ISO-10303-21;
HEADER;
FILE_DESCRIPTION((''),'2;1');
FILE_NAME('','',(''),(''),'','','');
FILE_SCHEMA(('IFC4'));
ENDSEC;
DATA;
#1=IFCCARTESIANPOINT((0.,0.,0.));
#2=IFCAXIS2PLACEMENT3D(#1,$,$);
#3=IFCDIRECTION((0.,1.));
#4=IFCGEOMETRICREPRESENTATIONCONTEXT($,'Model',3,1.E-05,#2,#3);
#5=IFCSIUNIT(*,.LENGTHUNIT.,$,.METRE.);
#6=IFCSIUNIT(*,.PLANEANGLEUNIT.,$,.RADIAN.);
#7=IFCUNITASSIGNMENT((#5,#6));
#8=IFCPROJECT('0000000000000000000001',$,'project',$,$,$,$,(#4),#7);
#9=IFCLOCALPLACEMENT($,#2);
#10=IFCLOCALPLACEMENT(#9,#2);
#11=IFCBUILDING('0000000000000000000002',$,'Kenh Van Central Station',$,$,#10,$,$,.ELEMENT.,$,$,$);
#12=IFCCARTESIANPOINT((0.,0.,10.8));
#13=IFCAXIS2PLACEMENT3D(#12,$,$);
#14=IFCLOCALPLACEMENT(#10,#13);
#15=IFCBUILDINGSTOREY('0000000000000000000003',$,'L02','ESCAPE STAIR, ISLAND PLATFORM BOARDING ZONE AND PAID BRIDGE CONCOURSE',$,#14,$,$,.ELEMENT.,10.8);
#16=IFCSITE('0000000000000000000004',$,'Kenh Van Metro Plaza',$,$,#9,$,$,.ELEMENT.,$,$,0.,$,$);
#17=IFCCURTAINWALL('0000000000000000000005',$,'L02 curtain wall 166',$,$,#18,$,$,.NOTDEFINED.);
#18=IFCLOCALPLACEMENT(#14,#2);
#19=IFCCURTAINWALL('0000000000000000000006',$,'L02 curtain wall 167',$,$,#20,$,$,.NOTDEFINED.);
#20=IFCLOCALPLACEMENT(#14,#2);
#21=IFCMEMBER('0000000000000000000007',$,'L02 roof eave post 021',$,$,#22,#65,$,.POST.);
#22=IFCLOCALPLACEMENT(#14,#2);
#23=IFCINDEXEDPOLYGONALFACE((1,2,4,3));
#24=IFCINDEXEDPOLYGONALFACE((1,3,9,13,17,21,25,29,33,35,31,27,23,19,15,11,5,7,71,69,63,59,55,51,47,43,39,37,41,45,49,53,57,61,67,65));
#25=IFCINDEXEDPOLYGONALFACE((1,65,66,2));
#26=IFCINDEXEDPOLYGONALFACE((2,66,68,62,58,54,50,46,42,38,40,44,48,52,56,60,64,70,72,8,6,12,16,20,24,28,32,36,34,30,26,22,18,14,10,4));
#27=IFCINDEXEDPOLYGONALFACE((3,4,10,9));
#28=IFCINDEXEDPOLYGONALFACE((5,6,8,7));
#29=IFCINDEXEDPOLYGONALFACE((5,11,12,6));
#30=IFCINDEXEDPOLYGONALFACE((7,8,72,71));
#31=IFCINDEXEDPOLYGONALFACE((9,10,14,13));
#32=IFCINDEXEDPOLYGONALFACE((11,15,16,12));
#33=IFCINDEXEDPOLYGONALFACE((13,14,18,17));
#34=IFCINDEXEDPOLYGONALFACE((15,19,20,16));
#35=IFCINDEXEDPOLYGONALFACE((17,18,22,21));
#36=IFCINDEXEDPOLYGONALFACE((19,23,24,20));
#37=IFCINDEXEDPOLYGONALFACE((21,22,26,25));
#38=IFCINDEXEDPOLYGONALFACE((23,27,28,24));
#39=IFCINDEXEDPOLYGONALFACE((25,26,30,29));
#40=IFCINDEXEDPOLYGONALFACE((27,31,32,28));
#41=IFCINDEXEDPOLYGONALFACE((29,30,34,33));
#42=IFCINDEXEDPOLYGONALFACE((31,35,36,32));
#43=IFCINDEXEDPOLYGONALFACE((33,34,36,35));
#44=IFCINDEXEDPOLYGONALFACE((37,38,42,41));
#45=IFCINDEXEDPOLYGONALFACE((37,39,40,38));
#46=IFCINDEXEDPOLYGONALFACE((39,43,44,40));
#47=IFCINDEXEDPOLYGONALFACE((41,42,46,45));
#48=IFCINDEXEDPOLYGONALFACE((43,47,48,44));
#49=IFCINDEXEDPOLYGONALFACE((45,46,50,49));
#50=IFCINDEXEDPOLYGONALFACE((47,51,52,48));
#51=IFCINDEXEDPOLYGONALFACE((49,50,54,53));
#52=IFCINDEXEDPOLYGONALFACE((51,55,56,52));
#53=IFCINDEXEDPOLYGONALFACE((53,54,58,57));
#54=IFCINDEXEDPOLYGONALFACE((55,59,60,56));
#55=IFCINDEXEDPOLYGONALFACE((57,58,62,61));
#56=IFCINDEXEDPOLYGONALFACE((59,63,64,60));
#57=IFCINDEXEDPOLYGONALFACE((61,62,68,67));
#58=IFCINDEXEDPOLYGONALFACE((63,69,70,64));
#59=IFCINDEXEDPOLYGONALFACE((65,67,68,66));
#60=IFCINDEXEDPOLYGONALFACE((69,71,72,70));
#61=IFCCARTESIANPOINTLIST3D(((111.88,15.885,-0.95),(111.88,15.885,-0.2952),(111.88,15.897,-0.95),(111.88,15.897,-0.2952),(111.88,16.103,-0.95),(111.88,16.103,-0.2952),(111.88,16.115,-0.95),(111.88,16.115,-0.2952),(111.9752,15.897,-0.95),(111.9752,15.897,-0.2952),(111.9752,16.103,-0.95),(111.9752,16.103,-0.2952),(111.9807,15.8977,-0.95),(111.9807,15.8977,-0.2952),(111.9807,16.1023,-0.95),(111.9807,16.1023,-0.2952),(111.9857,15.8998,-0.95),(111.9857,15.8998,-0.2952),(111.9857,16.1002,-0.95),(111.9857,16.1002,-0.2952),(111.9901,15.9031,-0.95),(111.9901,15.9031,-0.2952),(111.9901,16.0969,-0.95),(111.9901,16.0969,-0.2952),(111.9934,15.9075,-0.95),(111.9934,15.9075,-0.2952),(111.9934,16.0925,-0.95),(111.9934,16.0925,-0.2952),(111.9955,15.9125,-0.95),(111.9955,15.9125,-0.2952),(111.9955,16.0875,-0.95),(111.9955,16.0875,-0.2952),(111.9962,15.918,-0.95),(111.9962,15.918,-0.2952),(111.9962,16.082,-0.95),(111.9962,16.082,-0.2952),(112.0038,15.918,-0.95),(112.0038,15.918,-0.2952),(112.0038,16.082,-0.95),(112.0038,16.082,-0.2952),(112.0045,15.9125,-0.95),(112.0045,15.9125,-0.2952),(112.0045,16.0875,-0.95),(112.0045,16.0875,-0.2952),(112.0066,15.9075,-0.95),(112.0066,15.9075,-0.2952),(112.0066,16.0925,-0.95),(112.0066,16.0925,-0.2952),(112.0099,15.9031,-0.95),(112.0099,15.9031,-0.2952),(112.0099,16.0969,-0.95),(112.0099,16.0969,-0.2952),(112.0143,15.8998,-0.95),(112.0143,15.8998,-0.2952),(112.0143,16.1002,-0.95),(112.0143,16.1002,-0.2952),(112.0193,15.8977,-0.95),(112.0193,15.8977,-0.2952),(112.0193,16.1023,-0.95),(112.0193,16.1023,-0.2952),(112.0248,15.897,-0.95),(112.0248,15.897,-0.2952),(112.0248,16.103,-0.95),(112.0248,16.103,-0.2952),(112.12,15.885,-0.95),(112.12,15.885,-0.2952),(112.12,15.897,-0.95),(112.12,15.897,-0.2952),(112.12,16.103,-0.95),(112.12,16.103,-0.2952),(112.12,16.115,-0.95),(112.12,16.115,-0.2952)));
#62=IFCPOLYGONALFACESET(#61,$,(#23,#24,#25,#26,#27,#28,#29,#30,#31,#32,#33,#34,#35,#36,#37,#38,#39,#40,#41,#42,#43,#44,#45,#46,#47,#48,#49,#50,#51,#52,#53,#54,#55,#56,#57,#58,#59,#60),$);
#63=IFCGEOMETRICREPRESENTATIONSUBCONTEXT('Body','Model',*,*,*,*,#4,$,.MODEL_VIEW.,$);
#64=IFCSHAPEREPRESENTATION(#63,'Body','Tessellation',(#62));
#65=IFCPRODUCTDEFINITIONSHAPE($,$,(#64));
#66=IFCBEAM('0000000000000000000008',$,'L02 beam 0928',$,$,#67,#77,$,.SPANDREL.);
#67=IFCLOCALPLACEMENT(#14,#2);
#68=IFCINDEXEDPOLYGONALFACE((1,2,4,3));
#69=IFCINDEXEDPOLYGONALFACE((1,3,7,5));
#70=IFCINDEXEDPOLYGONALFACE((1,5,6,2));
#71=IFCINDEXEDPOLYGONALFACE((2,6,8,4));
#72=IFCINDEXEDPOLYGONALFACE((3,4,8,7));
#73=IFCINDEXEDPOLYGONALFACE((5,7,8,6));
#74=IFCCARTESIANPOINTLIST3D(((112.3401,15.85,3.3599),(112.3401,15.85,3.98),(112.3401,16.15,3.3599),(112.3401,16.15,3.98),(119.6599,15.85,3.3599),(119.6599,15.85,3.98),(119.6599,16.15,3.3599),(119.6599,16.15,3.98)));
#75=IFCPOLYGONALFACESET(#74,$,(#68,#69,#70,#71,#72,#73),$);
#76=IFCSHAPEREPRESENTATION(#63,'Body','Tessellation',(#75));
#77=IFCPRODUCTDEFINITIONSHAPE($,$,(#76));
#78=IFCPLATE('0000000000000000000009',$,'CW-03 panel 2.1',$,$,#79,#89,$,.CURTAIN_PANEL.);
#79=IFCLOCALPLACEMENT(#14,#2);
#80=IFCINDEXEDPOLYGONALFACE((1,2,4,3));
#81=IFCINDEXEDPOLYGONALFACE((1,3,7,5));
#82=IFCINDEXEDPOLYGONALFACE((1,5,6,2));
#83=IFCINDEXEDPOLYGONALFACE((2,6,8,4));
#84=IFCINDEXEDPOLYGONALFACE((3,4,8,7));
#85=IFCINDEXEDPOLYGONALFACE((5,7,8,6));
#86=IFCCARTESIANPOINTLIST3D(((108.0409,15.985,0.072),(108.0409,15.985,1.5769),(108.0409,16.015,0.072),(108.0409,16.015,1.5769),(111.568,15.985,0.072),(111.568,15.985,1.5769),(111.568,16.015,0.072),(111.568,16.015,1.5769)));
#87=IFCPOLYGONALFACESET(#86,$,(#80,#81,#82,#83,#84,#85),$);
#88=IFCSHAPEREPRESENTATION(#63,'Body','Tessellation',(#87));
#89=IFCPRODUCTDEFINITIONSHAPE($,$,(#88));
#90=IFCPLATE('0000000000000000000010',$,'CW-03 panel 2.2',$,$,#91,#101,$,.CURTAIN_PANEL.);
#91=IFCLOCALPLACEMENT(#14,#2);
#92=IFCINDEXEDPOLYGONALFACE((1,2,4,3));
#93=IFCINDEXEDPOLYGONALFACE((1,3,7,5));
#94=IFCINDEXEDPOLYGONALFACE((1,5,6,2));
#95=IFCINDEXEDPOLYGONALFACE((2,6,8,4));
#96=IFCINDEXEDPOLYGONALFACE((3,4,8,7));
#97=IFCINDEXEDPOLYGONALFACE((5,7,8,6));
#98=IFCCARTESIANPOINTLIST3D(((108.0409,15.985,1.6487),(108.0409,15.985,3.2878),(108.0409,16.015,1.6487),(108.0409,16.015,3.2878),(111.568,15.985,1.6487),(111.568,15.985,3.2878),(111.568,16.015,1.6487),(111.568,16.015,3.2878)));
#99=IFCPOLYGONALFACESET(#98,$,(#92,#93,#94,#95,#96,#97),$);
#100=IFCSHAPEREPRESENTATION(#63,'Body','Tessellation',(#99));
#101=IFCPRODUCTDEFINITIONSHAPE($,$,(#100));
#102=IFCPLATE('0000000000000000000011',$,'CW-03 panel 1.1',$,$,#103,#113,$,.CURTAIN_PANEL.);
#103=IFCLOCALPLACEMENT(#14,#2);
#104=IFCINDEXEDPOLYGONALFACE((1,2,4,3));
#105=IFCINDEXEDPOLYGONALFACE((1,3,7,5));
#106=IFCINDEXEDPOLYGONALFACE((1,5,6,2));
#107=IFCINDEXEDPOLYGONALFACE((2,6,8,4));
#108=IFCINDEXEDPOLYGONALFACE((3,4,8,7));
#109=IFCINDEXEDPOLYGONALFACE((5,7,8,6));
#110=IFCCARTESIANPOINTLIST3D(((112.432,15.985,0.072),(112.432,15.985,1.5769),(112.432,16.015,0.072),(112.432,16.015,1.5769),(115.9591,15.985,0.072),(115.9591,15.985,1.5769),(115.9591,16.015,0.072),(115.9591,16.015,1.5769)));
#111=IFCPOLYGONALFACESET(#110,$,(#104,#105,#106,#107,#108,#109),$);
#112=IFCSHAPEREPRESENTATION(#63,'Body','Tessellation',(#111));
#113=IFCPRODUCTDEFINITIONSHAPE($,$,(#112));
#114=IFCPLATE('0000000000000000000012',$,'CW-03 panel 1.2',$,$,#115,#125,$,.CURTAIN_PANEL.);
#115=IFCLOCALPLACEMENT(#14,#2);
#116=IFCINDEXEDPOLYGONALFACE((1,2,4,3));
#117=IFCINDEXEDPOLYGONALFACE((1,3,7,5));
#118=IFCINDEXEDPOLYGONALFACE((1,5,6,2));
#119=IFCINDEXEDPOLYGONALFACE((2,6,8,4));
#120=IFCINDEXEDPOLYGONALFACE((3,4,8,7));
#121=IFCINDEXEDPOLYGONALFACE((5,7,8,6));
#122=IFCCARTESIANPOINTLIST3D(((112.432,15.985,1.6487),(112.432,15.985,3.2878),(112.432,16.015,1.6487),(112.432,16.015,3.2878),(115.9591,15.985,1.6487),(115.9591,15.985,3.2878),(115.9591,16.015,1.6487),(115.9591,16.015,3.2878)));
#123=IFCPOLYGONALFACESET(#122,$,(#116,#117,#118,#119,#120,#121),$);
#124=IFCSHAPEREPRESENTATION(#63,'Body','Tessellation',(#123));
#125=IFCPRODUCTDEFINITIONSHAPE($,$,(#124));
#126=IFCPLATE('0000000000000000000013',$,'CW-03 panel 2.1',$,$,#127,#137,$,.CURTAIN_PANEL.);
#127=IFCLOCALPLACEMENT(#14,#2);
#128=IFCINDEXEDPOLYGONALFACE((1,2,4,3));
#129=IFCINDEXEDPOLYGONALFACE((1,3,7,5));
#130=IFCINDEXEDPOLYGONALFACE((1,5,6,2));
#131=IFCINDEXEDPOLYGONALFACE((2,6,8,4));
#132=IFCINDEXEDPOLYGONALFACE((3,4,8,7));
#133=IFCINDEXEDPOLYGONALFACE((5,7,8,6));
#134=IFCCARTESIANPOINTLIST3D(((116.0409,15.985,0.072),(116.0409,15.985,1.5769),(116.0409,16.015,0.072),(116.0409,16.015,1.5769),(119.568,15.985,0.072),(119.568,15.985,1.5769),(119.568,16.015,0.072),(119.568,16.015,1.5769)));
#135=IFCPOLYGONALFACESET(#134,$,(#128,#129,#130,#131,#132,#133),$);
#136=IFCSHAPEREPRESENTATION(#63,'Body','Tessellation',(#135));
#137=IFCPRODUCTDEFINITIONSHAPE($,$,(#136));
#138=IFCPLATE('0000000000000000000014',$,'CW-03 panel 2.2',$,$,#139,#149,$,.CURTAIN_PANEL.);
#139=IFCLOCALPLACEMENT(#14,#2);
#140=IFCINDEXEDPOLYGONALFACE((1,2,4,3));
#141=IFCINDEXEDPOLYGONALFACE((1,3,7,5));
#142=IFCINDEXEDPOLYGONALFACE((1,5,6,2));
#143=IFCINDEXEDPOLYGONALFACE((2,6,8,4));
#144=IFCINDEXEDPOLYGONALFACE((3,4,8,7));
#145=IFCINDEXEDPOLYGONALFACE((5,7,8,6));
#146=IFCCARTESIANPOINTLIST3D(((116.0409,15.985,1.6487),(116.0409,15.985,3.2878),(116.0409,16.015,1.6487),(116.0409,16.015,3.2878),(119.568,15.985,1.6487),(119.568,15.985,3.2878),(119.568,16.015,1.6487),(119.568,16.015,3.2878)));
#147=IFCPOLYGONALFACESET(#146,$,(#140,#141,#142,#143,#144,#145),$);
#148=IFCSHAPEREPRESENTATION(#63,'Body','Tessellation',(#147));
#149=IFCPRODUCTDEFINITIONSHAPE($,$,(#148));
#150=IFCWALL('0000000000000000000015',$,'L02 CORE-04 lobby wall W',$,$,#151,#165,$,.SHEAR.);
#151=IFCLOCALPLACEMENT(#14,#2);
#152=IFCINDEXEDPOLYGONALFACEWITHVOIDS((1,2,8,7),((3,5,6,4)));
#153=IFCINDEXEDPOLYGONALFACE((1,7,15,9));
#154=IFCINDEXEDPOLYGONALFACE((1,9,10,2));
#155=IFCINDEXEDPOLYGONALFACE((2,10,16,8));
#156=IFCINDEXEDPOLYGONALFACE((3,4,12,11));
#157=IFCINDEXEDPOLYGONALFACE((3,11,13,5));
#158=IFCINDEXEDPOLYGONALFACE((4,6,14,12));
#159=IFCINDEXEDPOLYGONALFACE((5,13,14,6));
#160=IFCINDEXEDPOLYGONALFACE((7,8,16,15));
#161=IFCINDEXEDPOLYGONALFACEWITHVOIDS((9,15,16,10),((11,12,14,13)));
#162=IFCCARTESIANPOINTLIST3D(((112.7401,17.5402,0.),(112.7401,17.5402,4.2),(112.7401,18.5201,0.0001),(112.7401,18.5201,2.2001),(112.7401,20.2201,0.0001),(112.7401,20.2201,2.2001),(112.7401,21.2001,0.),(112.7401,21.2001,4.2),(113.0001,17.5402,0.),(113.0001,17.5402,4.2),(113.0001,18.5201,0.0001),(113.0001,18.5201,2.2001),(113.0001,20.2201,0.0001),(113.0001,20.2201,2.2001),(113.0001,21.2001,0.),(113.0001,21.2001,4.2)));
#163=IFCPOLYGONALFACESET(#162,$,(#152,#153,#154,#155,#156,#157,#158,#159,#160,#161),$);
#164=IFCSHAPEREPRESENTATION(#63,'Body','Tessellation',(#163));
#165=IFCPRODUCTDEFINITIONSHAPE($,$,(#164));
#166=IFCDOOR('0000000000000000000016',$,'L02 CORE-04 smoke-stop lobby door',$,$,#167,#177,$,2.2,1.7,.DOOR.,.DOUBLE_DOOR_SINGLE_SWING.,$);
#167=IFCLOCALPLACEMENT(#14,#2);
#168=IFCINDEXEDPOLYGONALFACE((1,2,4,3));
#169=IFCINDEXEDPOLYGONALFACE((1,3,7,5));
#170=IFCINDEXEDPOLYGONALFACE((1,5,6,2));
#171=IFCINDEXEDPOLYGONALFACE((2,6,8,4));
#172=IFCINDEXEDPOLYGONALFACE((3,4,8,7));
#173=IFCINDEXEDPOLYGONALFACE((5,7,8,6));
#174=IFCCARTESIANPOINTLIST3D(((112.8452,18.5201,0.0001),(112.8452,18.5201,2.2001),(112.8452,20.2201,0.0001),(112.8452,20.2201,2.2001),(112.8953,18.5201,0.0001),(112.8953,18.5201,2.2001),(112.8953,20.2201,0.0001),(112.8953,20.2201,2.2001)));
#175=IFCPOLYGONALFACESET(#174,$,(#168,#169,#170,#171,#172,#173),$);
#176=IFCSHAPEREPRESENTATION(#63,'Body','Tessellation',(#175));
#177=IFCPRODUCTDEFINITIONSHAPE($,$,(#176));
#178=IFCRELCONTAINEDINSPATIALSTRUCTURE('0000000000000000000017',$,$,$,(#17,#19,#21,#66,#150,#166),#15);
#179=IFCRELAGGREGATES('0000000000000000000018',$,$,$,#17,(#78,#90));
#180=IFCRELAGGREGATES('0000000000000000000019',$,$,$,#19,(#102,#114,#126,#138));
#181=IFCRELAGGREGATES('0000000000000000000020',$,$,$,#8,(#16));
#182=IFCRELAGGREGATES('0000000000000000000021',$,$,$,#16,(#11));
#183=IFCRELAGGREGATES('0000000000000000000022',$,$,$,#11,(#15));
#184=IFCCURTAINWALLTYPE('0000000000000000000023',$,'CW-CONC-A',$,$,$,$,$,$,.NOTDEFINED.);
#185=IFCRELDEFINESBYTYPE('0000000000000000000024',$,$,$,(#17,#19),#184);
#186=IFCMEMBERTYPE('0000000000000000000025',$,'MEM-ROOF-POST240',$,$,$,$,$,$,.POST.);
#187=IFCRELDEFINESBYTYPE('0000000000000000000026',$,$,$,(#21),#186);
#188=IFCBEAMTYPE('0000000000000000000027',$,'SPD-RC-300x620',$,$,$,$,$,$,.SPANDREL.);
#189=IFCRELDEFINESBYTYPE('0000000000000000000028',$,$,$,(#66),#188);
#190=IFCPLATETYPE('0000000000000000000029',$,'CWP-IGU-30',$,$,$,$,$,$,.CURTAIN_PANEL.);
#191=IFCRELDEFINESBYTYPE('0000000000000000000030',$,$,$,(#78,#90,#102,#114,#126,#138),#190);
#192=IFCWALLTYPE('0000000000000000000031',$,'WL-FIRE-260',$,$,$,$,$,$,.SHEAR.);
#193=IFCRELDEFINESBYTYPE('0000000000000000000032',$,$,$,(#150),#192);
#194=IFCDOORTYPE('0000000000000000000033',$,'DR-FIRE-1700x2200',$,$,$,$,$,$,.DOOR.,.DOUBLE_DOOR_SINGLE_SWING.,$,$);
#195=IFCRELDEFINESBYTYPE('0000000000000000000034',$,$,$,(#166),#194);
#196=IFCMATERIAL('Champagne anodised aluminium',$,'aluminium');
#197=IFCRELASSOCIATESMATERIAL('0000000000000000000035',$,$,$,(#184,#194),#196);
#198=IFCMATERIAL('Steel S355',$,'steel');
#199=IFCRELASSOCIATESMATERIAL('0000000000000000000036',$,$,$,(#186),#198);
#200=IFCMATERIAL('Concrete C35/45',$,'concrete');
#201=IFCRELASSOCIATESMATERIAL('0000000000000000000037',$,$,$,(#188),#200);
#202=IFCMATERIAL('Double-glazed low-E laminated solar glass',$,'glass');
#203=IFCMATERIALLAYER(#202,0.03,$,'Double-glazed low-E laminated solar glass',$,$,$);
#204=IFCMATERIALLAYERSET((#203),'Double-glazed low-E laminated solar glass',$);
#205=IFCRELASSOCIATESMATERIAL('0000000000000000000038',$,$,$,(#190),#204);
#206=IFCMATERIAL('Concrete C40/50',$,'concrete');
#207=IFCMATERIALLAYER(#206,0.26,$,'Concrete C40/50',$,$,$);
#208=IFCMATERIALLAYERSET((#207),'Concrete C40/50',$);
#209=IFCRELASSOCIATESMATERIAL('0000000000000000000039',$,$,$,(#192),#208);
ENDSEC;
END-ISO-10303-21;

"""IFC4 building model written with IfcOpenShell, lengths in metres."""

from ifc_helpers import new_model, si_unit, direction, frame, frame_2d, origin, origin_2d, place, context, subcontext, project, spatial, rectangle, i_section, extrude, material, layer, layer_set, material_profile, profile_set, type_object, element, fill, aggregate, save


model = new_model("IFC4")

# Units and contexts
model_context = context("Model", 3, precision=1e-05, world=origin(), true_north=direction((0.0, 1.0)))
body_context = subcontext(model_context, "Body", "Model", "MODEL_VIEW")
ifc_project = project(units=[si_unit("LENGTHUNIT", "METRE"), si_unit("PLANEANGLEUNIT", "RADIAN")], contexts=[model_context])

# Site, building, storey
site_placement = place(None, origin())
site = spatial("IfcSite", under=ifc_project, at=site_placement, Name="Kenh Van Metro Plaza", CompositionType="ELEMENT", RefElevation=0.0)
building_placement = place(site_placement, origin())
building = spatial("IfcBuilding", under=site, at=building_placement, Name="Kenh Van Central Station", CompositionType="ELEMENT")
storey_placement = place(building_placement, frame((0.0, 0.0, 10.8)))
storey = spatial("IfcBuildingStorey", under=building, at=storey_placement, Name="L02", Description="ESCAPE STAIR, ISLAND PLATFORM BOARDING ZONE AND PAID BRIDGE CONCOURSE", CompositionType="ELEMENT", Elevation=10.8)

# Shared definitions
ifc_material_1 = material(Name="Concrete C40/50", Category="concrete")

# Shared definitions
ifc_material_2 = material(Name="Steel S355", Category="steel")

# Curtain wall
ifc_material_3 = material(Name="Champagne anodised aluminium", Category="aluminium")
curtain_wall_type = type_object("IfcCurtainWallType", Name="CW-CONC-A", PredefinedType="NOTDEFINED", material=ifc_material_3)
curtain_wall_1_placement = place(storey_placement, origin())
curtain_wall_1 = element("IfcCurtainWall", 1, at=curtain_wall_1_placement, inside=storey, type_object=curtain_wall_type, Name="L02 curtain wall 166", PredefinedType="NOTDEFINED")

# Curtain wall
curtain_wall_2_placement = place(storey_placement, origin())
curtain_wall_2 = element("IfcCurtainWall", 2, at=curtain_wall_2_placement, inside=storey, type_object=curtain_wall_type, Name="L02 curtain wall 167", PredefinedType="NOTDEFINED")

# Member
ifc_material_profile_1 = material_profile(ifc_material_2, i_section(OverallWidth=0.24, OverallDepth=0.23, WebThickness=0.0076, FlangeThickness=0.012, FilletRadius=0.021, at=origin_2d()), Name="HEA 240")
ifc_profile_set_1 = profile_set([ifc_material_profile_1], Name="Steel S355")
member_type_1 = type_object("IfcMemberType", Name="MEM-ROOF-POST240", PredefinedType="POST", material=ifc_profile_set_1)
for number, where, z_axis, x_axis, name in (
    (3, (112.0, 16.0, -0.95), (0.0, 0.0, 1.0), (1.0, 0.0, 0.0), "L02 roof eave post 021"),
):
    element("IfcMember", number, at=place(storey_placement, frame(where, z_axis=z_axis, x_axis=x_axis)), inside=storey, type_object=member_type_1, Name=name, PredefinedType="POST", context=body_context, shape_type="SweptSolid", body=[
        extrude(i_section(OverallWidth=0.24, OverallDepth=0.23, WebThickness=0.0076, FlangeThickness=0.012, FilletRadius=0.021, at=origin_2d()), origin(), (0.0, 0.0, 1.0), 0.6548),
    ])

# Beam
ifc_material_4 = material(Name="Concrete C35/45", Category="concrete")
ifc_material_profile_2 = material_profile(ifc_material_4, rectangle(XDim=0.3, YDim=0.6201, at=origin_2d()), Name="RC 300x620")
ifc_profile_set_2 = profile_set([ifc_material_profile_2], Name="Concrete C35/45")
beam_type_1 = type_object("IfcBeamType", Name="SPD-RC-300x620", PredefinedType="SPANDREL", material=ifc_profile_set_2)
beam_placement = place(storey_placement, frame((112.3401, 16.0, 3.6699), z_axis=(1.0, 0.0, 0.0), x_axis=(0.0, 1.0, 0.0)))
element("IfcBeam", 4, at=beam_placement, inside=storey, type_object=beam_type_1, Name="L02 beam 0928", PredefinedType="SPANDREL", context=body_context, shape_type="SweptSolid", body=[
    extrude(rectangle(XDim=0.3, YDim=0.6201, at=origin_2d()), origin(), (0.0, 0.0, 1.0), 7.3198),
])

# Plates
ifc_material_5 = material(Name="Double-glazed low-E laminated solar glass", Category="glass")
ifc_layer_1 = layer(ifc_material_5, 0.03, Name="Double-glazed low-E laminated solar glass")
ifc_layer_set_1 = layer_set([ifc_layer_1], Name="Double-glazed low-E laminated solar glass")
plate_type = type_object("IfcPlateType", Name="CWP-IGU-30", PredefinedType="CURTAIN_PANEL", material=ifc_layer_set_1)
plate_1_placement = place(storey_placement, frame((109.8044, 16.0, 0.072), z_axis=(0.0, 0.0, 1.0), x_axis=(1.0, 0.0, 0.0)))
plate_1 = element("IfcPlate", 5, at=plate_1_placement, type_object=plate_type, Name="CW-03 panel 2.1", PredefinedType="CURTAIN_PANEL", context=body_context, shape_type="SweptSolid", body=[
    extrude(rectangle(XDim=3.5271, YDim=0.03, at=origin_2d()), origin(), (0.0, 0.0, 1.0), 1.5049),
])
plate_2_placement = place(storey_placement, frame((109.8044, 16.0, 1.6487), z_axis=(0.0, 0.0, 1.0), x_axis=(1.0, 0.0, 0.0)))
plate_2 = element("IfcPlate", 6, at=plate_2_placement, type_object=plate_type, Name="CW-03 panel 2.2", PredefinedType="CURTAIN_PANEL", context=body_context, shape_type="SweptSolid", body=[
    extrude(rectangle(XDim=3.5271, YDim=0.03, at=origin_2d()), origin(), (0.0, 0.0, 1.0), 1.6392),
])
aggregate(curtain_wall_1, [plate_1, plate_2])
plate_3_placement = place(storey_placement, frame((114.1956, 16.0, 0.072), z_axis=(0.0, 0.0, 1.0), x_axis=(1.0, 0.0, 0.0)))
plate_3 = element("IfcPlate", 7, at=plate_3_placement, type_object=plate_type, Name="CW-03 panel 1.1", PredefinedType="CURTAIN_PANEL", context=body_context, shape_type="SweptSolid", body=[
    extrude(rectangle(XDim=3.5271, YDim=0.03, at=origin_2d()), origin(), (0.0, 0.0, 1.0), 1.5049),
])
plate_4_placement = place(storey_placement, frame((114.1956, 16.0, 1.6487), z_axis=(0.0, 0.0, 1.0), x_axis=(1.0, 0.0, 0.0)))
plate_4 = element("IfcPlate", 8, at=plate_4_placement, type_object=plate_type, Name="CW-03 panel 1.2", PredefinedType="CURTAIN_PANEL", context=body_context, shape_type="SweptSolid", body=[
    extrude(rectangle(XDim=3.5271, YDim=0.03, at=origin_2d()), origin(), (0.0, 0.0, 1.0), 1.6392),
])
plate_5_placement = place(storey_placement, frame((117.8044, 16.0, 0.072), z_axis=(0.0, 0.0, 1.0), x_axis=(1.0, 0.0, 0.0)))
plate_5 = element("IfcPlate", 9, at=plate_5_placement, type_object=plate_type, Name="CW-03 panel 2.1", PredefinedType="CURTAIN_PANEL", context=body_context, shape_type="SweptSolid", body=[
    extrude(rectangle(XDim=3.5271, YDim=0.03, at=origin_2d()), origin(), (0.0, 0.0, 1.0), 1.5049),
])
plate_6_placement = place(storey_placement, frame((117.8044, 16.0, 1.6487), z_axis=(0.0, 0.0, 1.0), x_axis=(1.0, 0.0, 0.0)))
plate_6 = element("IfcPlate", 10, at=plate_6_placement, type_object=plate_type, Name="CW-03 panel 2.2", PredefinedType="CURTAIN_PANEL", context=body_context, shape_type="SweptSolid", body=[
    extrude(rectangle(XDim=3.5271, YDim=0.03, at=origin_2d()), origin(), (0.0, 0.0, 1.0), 1.6392),
])
aggregate(curtain_wall_2, [plate_3, plate_4, plate_5, plate_6])

# Wall, opening, door
ifc_layer_2 = layer(ifc_material_1, 0.26, Name="Concrete C40/50")
ifc_layer_set_2 = layer_set([ifc_layer_2], Name="Concrete C40/50")
wall_type = type_object("IfcWallType", Name="WL-FIRE-260", PredefinedType="SHEAR", material=ifc_layer_set_2)
wall_placement = place(storey_placement, frame((112.8701, 17.54, 0.0), z_axis=(0.0, 0.0, 1.0), x_axis=(0.0, 1.0, 0.0)))
wall = element("IfcWall", 11, at=wall_placement, inside=storey, type_object=wall_type, Name="L02 CORE-04 lobby wall W", PredefinedType="SHEAR", context=body_context, shape_type="SweptSolid", body=[
    extrude(rectangle(XDim=3.6599, YDim=0.26, at=frame_2d((1.8301, 0.0))), origin(), (0.0, 0.0, 1.0), 4.2),
])
opening_placement = place(wall_placement, frame((0.98, 0.0, 0.0)))
opening = element("IfcOpeningElement", 12, at=opening_placement, cuts=wall, PredefinedType="OPENING", context=body_context, shape_type="SweptSolid", body=[
    extrude(rectangle(XDim=1.7, YDim=2.2, at=frame_2d((0.8501, 1.1001))), frame((0.0, 0.1399, 0.0), z_axis=(0.0, -1.0, 0.0), x_axis=(1.0, 0.0, 0.0)), (0.0, 0.0, 1.0), 0.28),
])
door_type = type_object("IfcDoorType", Name="DR-FIRE-1700x2200", OperationType="DOUBLE_DOOR_SINGLE_SWING", PredefinedType="DOOR", material=ifc_material_3)
door_placement = place(opening_placement, origin())
door = element("IfcDoor", 13, at=door_placement, inside=storey, type_object=door_type, Name="L02 CORE-04 smoke-stop lobby door", OperationType="DOUBLE_DOOR_SINGLE_SWING", OverallHeight=2.2, OverallWidth=1.7, PredefinedType="DOOR", context=body_context, shape_type="SweptSolid", body=[
    extrude(rectangle(XDim=1.7, YDim=2.2, at=frame_2d((0.8501, 1.1001))), frame((0.0, 0.0249, 0.0), z_axis=(0.0, -1.0, 0.0), x_axis=(1.0, 0.0, 0.0)), (0.0, 0.0, 1.0), 0.05),
])
fill(opening, door)

save(model, "model.ifc")
